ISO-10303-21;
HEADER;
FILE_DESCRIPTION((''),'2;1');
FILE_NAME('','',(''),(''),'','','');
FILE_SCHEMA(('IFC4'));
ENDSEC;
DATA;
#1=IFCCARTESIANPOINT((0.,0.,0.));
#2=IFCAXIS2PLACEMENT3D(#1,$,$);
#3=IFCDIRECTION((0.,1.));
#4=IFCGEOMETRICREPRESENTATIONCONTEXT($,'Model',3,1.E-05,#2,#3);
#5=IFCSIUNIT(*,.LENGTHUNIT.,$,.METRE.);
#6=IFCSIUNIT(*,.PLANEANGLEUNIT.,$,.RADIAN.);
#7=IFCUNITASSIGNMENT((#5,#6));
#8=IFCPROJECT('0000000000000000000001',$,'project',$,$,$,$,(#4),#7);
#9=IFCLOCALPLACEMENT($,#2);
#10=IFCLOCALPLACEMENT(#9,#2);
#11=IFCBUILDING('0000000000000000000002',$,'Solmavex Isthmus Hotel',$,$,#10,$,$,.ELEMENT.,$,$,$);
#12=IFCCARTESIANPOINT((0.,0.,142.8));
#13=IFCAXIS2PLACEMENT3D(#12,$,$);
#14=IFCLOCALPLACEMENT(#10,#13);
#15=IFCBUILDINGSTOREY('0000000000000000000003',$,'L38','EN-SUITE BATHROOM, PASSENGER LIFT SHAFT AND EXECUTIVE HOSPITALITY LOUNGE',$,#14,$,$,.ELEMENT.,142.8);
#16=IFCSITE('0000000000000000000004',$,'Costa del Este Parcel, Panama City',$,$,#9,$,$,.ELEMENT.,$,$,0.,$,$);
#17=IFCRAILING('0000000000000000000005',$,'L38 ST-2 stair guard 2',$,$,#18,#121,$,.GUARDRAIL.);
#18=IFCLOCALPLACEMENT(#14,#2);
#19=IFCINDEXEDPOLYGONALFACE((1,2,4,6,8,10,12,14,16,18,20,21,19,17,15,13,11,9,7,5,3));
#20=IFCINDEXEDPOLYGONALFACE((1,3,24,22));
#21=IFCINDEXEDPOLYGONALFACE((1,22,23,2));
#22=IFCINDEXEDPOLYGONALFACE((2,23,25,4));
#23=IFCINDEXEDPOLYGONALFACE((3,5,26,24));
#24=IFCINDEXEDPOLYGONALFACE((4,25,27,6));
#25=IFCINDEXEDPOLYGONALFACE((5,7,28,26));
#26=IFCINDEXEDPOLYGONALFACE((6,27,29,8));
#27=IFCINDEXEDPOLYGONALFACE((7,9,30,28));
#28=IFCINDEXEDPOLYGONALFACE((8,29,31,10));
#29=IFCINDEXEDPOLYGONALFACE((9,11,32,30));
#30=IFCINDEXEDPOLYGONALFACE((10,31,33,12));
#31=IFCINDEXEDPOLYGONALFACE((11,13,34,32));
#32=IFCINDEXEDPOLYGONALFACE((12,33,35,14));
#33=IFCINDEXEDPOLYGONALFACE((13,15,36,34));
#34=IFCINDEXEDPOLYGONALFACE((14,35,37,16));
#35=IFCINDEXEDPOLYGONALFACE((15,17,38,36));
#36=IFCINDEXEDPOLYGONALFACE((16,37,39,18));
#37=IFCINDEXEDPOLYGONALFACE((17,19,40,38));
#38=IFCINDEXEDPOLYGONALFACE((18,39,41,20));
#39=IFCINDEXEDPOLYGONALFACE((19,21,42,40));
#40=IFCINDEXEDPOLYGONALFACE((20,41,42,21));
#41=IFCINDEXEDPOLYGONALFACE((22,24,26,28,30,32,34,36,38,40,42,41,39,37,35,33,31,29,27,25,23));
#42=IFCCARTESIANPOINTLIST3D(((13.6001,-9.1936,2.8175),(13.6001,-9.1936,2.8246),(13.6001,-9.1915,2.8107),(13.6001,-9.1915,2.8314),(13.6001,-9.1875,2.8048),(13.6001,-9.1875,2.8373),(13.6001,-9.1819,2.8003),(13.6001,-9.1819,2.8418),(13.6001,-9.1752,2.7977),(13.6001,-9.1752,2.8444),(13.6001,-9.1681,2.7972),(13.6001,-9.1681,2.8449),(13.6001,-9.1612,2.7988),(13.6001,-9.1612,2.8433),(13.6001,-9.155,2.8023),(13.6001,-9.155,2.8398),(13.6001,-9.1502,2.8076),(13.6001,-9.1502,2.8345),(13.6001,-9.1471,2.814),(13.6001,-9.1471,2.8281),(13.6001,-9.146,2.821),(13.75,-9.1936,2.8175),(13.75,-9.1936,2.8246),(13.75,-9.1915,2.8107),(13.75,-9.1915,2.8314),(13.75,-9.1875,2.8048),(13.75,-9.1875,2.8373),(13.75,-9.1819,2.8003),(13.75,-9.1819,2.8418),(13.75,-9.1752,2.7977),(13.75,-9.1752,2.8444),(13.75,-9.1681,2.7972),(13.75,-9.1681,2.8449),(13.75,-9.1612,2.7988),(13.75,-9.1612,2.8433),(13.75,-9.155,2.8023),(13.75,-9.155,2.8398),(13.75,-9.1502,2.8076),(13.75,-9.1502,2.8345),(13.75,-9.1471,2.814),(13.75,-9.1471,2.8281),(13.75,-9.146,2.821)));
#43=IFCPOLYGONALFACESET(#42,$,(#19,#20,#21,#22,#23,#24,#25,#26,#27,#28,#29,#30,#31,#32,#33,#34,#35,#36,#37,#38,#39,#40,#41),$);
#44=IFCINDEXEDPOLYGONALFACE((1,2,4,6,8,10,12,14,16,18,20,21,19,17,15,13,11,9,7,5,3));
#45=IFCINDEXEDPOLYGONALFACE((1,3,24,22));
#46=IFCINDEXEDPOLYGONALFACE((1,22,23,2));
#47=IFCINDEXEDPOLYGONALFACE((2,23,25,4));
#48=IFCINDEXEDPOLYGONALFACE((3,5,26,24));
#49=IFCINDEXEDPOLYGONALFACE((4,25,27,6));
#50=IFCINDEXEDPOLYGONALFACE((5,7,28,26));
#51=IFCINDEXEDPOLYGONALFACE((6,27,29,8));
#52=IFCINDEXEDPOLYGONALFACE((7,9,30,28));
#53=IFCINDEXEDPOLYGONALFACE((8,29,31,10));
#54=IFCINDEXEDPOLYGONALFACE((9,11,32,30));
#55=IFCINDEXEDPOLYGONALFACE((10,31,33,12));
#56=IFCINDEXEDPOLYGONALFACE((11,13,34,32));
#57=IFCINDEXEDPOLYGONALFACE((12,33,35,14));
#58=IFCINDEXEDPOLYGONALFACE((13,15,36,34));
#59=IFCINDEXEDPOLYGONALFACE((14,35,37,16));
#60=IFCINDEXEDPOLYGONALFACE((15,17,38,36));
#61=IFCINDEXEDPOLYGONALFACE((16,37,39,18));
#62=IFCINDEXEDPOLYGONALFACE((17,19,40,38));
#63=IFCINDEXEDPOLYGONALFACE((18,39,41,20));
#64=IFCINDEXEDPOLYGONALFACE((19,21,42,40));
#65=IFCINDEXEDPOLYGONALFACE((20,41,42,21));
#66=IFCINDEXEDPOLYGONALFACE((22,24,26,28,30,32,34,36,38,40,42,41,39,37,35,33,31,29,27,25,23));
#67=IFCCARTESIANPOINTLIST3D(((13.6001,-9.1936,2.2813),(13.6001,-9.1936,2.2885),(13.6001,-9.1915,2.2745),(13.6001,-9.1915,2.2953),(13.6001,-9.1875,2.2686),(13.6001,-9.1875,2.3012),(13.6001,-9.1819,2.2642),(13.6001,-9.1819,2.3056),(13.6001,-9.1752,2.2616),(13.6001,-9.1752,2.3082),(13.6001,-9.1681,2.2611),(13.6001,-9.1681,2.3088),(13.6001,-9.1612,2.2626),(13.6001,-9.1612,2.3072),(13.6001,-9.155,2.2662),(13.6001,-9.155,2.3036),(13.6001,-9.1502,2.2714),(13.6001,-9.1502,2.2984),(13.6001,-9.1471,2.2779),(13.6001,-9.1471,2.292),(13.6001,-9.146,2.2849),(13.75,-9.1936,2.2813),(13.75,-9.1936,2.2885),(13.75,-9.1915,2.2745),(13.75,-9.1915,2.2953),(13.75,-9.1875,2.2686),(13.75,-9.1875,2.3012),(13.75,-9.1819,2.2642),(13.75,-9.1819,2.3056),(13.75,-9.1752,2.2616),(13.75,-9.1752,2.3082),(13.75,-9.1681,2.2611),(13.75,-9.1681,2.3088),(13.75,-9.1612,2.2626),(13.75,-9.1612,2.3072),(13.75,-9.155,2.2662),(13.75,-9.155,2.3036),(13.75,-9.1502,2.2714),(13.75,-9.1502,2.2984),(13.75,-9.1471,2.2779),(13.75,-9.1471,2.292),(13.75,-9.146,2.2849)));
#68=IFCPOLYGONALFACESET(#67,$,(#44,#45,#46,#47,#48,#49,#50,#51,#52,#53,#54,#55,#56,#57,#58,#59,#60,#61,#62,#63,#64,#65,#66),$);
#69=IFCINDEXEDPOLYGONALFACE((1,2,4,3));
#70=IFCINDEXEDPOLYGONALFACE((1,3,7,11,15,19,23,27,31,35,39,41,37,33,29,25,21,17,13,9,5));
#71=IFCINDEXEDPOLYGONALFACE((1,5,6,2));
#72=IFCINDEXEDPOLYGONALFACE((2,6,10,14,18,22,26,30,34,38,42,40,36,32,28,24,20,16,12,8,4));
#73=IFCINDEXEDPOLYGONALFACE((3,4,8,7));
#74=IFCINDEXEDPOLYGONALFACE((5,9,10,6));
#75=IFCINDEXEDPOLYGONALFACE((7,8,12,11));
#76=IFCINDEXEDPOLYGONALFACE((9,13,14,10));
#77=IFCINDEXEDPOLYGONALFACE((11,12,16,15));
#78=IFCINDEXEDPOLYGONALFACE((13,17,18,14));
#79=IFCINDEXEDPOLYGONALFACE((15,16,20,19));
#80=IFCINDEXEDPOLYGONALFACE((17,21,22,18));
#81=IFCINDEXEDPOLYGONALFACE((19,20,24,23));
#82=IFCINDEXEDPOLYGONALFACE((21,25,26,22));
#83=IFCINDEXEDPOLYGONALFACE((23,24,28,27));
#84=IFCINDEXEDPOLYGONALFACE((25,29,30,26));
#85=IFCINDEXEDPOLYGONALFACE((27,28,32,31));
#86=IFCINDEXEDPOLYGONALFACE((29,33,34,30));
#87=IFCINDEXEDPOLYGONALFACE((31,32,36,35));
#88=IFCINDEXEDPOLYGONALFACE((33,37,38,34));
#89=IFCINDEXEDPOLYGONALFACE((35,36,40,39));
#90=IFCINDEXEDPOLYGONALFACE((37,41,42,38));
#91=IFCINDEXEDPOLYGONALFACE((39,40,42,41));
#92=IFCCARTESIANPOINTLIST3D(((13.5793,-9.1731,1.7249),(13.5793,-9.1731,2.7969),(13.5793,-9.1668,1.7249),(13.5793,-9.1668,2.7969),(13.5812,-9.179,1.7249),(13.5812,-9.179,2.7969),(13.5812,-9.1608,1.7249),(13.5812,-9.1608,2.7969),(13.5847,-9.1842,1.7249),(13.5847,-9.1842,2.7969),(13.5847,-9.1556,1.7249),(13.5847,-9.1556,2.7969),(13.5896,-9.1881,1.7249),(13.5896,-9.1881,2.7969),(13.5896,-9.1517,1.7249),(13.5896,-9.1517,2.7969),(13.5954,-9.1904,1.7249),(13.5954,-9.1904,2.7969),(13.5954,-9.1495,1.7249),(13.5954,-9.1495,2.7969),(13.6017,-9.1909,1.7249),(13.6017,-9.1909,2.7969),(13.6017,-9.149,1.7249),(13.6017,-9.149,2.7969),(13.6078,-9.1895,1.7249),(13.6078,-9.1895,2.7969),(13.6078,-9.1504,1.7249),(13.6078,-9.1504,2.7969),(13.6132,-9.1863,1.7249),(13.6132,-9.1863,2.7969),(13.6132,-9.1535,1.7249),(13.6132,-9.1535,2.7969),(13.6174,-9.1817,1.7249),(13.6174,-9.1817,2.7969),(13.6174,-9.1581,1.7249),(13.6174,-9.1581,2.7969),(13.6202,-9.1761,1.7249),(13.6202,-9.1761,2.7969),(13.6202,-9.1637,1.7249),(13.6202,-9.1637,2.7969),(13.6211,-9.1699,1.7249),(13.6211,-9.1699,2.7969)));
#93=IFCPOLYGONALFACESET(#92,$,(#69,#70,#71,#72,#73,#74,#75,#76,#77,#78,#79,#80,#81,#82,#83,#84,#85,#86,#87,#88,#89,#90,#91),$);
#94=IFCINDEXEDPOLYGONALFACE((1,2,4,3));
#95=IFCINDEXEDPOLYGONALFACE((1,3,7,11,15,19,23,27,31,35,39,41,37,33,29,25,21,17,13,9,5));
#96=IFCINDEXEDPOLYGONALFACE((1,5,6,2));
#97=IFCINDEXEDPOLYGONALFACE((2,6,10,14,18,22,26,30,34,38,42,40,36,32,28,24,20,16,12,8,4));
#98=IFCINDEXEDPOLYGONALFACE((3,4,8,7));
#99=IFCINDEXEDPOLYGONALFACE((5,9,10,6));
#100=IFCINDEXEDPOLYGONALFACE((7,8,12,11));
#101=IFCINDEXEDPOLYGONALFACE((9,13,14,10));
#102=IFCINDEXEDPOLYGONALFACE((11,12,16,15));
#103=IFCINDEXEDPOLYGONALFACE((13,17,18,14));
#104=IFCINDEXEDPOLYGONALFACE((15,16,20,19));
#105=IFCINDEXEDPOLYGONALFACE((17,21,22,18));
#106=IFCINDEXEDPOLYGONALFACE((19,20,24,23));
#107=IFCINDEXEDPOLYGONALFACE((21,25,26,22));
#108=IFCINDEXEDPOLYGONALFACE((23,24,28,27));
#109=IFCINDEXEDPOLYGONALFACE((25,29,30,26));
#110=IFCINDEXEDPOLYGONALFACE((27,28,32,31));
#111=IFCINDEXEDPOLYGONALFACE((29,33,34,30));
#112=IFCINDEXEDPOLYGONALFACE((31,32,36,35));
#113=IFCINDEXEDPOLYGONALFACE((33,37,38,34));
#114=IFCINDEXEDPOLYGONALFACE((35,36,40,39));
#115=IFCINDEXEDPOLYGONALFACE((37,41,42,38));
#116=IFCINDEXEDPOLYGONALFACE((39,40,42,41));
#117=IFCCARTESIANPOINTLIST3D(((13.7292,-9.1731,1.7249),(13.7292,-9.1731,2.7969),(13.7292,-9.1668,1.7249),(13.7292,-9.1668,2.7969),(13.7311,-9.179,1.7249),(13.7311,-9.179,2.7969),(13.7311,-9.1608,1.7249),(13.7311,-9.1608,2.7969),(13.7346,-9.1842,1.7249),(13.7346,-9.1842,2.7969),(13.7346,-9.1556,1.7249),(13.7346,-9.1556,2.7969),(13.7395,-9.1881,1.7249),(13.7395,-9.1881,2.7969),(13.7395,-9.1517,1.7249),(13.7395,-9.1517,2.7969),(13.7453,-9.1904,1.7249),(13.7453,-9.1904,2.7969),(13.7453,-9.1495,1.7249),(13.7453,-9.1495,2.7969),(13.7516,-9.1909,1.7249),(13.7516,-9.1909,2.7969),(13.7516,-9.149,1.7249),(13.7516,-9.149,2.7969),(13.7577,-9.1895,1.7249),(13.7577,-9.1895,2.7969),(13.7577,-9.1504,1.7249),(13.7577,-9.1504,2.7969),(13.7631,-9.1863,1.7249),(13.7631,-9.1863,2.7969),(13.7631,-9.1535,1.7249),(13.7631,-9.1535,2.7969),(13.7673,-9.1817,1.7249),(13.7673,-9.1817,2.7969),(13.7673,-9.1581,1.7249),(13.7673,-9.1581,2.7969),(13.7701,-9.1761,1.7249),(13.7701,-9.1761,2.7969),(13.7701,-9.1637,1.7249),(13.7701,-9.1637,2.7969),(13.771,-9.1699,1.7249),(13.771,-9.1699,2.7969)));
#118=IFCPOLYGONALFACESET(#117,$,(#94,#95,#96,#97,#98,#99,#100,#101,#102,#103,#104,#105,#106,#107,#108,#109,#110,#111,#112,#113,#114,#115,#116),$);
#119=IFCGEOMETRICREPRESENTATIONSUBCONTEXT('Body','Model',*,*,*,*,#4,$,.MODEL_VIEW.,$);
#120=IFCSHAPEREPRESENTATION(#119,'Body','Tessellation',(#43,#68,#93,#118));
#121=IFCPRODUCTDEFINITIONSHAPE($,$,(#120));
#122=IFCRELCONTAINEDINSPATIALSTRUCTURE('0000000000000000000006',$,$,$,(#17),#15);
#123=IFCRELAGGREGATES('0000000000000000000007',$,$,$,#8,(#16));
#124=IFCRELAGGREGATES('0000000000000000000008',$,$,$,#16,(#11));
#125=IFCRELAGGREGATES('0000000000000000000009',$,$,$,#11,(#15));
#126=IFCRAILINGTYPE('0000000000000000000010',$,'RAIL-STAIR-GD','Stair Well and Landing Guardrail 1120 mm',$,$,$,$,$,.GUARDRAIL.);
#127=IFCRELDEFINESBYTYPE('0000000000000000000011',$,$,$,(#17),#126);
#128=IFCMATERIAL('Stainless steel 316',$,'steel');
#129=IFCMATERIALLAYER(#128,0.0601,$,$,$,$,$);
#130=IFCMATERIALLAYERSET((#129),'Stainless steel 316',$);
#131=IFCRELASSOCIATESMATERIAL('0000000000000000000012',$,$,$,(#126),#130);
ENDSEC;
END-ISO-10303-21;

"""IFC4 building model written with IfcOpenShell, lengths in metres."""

from ifc_helpers import new_model, si_unit, direction, frame, origin, origin_2d, place, context, subcontext, project, spatial, circle, extrude, material, layer, layer_set, type_object, element, save


model = new_model("IFC4")

# Units and contexts
model_context = context("Model", 3, precision=1e-05, world=origin(), true_north=direction((0.0, 1.0)))
body_context = subcontext(model_context, "Body", "Model", "MODEL_VIEW")
ifc_project = project(units=[si_unit("LENGTHUNIT", "METRE"), si_unit("PLANEANGLEUNIT", "RADIAN")], contexts=[model_context])

# Site, building, storey
site_placement = place(None, origin())
site = spatial("IfcSite", under=ifc_project, at=site_placement, Name="Costa del Este Parcel, Panama City", CompositionType="ELEMENT", RefElevation=0.0)
building_placement = place(site_placement, origin())
building = spatial("IfcBuilding", under=site, at=building_placement, Name="Solmavex Isthmus Hotel", CompositionType="ELEMENT")
storey_placement = place(building_placement, frame((0.0, 0.0, 142.8)))
storey = spatial("IfcBuildingStorey", under=building, at=storey_placement, Name="L38", Description="EN-SUITE BATHROOM, PASSENGER LIFT SHAFT AND EXECUTIVE HOSPITALITY LOUNGE", CompositionType="ELEMENT", Elevation=142.8)

# Shared definitions
ifc_material_1 = material(Name="Stainless steel 316", Category="steel")

# Railing
ifc_layer_1 = layer(ifc_material_1, 0.0601)
ifc_layer_set_1 = layer_set([ifc_layer_1], Name="Stainless steel 316")
railing_type_1 = type_object("IfcRailingType", Name="RAIL-STAIR-GD", Description="Stair Well and Landing Guardrail 1120 mm", PredefinedType="GUARDRAIL", material=ifc_layer_set_1)
for number, where, name in (
    (1, (13.6001, -9.1699, 1.7249), "L38 ST-2 stair guard 2"),
):
    element("IfcRailing", number, at=place(storey_placement, frame(where)), inside=storey, type_object=railing_type_1, Name=name, PredefinedType="GUARDRAIL", context=body_context, shape_type="SweptSolid", body=[
        extrude(circle(Radius=0.0239, at=origin_2d()), frame((0.0, 0.0, 1.0962), z_axis=(1.0, 0.0, 0.0), x_axis=(0.0, 1.0, 0.0)), (0.0, 0.0, 1.0), 0.1499),
        extrude(circle(Radius=0.0239, at=origin_2d()), frame((0.0, 0.0, 0.5601), z_axis=(1.0, 0.0, 0.0), x_axis=(0.0, 1.0, 0.0)), (0.0, 0.0, 1.0), 0.1499),
        extrude(circle(Radius=0.021, at=origin_2d()), origin(), (0.0, 0.0, 1.0), 1.072),
        extrude(circle(Radius=0.021, at=origin_2d()), frame((0.1499, 0.0, 0.0)), (0.0, 0.0, 1.0), 1.072),
    ])

save(model, "model.ifc")
